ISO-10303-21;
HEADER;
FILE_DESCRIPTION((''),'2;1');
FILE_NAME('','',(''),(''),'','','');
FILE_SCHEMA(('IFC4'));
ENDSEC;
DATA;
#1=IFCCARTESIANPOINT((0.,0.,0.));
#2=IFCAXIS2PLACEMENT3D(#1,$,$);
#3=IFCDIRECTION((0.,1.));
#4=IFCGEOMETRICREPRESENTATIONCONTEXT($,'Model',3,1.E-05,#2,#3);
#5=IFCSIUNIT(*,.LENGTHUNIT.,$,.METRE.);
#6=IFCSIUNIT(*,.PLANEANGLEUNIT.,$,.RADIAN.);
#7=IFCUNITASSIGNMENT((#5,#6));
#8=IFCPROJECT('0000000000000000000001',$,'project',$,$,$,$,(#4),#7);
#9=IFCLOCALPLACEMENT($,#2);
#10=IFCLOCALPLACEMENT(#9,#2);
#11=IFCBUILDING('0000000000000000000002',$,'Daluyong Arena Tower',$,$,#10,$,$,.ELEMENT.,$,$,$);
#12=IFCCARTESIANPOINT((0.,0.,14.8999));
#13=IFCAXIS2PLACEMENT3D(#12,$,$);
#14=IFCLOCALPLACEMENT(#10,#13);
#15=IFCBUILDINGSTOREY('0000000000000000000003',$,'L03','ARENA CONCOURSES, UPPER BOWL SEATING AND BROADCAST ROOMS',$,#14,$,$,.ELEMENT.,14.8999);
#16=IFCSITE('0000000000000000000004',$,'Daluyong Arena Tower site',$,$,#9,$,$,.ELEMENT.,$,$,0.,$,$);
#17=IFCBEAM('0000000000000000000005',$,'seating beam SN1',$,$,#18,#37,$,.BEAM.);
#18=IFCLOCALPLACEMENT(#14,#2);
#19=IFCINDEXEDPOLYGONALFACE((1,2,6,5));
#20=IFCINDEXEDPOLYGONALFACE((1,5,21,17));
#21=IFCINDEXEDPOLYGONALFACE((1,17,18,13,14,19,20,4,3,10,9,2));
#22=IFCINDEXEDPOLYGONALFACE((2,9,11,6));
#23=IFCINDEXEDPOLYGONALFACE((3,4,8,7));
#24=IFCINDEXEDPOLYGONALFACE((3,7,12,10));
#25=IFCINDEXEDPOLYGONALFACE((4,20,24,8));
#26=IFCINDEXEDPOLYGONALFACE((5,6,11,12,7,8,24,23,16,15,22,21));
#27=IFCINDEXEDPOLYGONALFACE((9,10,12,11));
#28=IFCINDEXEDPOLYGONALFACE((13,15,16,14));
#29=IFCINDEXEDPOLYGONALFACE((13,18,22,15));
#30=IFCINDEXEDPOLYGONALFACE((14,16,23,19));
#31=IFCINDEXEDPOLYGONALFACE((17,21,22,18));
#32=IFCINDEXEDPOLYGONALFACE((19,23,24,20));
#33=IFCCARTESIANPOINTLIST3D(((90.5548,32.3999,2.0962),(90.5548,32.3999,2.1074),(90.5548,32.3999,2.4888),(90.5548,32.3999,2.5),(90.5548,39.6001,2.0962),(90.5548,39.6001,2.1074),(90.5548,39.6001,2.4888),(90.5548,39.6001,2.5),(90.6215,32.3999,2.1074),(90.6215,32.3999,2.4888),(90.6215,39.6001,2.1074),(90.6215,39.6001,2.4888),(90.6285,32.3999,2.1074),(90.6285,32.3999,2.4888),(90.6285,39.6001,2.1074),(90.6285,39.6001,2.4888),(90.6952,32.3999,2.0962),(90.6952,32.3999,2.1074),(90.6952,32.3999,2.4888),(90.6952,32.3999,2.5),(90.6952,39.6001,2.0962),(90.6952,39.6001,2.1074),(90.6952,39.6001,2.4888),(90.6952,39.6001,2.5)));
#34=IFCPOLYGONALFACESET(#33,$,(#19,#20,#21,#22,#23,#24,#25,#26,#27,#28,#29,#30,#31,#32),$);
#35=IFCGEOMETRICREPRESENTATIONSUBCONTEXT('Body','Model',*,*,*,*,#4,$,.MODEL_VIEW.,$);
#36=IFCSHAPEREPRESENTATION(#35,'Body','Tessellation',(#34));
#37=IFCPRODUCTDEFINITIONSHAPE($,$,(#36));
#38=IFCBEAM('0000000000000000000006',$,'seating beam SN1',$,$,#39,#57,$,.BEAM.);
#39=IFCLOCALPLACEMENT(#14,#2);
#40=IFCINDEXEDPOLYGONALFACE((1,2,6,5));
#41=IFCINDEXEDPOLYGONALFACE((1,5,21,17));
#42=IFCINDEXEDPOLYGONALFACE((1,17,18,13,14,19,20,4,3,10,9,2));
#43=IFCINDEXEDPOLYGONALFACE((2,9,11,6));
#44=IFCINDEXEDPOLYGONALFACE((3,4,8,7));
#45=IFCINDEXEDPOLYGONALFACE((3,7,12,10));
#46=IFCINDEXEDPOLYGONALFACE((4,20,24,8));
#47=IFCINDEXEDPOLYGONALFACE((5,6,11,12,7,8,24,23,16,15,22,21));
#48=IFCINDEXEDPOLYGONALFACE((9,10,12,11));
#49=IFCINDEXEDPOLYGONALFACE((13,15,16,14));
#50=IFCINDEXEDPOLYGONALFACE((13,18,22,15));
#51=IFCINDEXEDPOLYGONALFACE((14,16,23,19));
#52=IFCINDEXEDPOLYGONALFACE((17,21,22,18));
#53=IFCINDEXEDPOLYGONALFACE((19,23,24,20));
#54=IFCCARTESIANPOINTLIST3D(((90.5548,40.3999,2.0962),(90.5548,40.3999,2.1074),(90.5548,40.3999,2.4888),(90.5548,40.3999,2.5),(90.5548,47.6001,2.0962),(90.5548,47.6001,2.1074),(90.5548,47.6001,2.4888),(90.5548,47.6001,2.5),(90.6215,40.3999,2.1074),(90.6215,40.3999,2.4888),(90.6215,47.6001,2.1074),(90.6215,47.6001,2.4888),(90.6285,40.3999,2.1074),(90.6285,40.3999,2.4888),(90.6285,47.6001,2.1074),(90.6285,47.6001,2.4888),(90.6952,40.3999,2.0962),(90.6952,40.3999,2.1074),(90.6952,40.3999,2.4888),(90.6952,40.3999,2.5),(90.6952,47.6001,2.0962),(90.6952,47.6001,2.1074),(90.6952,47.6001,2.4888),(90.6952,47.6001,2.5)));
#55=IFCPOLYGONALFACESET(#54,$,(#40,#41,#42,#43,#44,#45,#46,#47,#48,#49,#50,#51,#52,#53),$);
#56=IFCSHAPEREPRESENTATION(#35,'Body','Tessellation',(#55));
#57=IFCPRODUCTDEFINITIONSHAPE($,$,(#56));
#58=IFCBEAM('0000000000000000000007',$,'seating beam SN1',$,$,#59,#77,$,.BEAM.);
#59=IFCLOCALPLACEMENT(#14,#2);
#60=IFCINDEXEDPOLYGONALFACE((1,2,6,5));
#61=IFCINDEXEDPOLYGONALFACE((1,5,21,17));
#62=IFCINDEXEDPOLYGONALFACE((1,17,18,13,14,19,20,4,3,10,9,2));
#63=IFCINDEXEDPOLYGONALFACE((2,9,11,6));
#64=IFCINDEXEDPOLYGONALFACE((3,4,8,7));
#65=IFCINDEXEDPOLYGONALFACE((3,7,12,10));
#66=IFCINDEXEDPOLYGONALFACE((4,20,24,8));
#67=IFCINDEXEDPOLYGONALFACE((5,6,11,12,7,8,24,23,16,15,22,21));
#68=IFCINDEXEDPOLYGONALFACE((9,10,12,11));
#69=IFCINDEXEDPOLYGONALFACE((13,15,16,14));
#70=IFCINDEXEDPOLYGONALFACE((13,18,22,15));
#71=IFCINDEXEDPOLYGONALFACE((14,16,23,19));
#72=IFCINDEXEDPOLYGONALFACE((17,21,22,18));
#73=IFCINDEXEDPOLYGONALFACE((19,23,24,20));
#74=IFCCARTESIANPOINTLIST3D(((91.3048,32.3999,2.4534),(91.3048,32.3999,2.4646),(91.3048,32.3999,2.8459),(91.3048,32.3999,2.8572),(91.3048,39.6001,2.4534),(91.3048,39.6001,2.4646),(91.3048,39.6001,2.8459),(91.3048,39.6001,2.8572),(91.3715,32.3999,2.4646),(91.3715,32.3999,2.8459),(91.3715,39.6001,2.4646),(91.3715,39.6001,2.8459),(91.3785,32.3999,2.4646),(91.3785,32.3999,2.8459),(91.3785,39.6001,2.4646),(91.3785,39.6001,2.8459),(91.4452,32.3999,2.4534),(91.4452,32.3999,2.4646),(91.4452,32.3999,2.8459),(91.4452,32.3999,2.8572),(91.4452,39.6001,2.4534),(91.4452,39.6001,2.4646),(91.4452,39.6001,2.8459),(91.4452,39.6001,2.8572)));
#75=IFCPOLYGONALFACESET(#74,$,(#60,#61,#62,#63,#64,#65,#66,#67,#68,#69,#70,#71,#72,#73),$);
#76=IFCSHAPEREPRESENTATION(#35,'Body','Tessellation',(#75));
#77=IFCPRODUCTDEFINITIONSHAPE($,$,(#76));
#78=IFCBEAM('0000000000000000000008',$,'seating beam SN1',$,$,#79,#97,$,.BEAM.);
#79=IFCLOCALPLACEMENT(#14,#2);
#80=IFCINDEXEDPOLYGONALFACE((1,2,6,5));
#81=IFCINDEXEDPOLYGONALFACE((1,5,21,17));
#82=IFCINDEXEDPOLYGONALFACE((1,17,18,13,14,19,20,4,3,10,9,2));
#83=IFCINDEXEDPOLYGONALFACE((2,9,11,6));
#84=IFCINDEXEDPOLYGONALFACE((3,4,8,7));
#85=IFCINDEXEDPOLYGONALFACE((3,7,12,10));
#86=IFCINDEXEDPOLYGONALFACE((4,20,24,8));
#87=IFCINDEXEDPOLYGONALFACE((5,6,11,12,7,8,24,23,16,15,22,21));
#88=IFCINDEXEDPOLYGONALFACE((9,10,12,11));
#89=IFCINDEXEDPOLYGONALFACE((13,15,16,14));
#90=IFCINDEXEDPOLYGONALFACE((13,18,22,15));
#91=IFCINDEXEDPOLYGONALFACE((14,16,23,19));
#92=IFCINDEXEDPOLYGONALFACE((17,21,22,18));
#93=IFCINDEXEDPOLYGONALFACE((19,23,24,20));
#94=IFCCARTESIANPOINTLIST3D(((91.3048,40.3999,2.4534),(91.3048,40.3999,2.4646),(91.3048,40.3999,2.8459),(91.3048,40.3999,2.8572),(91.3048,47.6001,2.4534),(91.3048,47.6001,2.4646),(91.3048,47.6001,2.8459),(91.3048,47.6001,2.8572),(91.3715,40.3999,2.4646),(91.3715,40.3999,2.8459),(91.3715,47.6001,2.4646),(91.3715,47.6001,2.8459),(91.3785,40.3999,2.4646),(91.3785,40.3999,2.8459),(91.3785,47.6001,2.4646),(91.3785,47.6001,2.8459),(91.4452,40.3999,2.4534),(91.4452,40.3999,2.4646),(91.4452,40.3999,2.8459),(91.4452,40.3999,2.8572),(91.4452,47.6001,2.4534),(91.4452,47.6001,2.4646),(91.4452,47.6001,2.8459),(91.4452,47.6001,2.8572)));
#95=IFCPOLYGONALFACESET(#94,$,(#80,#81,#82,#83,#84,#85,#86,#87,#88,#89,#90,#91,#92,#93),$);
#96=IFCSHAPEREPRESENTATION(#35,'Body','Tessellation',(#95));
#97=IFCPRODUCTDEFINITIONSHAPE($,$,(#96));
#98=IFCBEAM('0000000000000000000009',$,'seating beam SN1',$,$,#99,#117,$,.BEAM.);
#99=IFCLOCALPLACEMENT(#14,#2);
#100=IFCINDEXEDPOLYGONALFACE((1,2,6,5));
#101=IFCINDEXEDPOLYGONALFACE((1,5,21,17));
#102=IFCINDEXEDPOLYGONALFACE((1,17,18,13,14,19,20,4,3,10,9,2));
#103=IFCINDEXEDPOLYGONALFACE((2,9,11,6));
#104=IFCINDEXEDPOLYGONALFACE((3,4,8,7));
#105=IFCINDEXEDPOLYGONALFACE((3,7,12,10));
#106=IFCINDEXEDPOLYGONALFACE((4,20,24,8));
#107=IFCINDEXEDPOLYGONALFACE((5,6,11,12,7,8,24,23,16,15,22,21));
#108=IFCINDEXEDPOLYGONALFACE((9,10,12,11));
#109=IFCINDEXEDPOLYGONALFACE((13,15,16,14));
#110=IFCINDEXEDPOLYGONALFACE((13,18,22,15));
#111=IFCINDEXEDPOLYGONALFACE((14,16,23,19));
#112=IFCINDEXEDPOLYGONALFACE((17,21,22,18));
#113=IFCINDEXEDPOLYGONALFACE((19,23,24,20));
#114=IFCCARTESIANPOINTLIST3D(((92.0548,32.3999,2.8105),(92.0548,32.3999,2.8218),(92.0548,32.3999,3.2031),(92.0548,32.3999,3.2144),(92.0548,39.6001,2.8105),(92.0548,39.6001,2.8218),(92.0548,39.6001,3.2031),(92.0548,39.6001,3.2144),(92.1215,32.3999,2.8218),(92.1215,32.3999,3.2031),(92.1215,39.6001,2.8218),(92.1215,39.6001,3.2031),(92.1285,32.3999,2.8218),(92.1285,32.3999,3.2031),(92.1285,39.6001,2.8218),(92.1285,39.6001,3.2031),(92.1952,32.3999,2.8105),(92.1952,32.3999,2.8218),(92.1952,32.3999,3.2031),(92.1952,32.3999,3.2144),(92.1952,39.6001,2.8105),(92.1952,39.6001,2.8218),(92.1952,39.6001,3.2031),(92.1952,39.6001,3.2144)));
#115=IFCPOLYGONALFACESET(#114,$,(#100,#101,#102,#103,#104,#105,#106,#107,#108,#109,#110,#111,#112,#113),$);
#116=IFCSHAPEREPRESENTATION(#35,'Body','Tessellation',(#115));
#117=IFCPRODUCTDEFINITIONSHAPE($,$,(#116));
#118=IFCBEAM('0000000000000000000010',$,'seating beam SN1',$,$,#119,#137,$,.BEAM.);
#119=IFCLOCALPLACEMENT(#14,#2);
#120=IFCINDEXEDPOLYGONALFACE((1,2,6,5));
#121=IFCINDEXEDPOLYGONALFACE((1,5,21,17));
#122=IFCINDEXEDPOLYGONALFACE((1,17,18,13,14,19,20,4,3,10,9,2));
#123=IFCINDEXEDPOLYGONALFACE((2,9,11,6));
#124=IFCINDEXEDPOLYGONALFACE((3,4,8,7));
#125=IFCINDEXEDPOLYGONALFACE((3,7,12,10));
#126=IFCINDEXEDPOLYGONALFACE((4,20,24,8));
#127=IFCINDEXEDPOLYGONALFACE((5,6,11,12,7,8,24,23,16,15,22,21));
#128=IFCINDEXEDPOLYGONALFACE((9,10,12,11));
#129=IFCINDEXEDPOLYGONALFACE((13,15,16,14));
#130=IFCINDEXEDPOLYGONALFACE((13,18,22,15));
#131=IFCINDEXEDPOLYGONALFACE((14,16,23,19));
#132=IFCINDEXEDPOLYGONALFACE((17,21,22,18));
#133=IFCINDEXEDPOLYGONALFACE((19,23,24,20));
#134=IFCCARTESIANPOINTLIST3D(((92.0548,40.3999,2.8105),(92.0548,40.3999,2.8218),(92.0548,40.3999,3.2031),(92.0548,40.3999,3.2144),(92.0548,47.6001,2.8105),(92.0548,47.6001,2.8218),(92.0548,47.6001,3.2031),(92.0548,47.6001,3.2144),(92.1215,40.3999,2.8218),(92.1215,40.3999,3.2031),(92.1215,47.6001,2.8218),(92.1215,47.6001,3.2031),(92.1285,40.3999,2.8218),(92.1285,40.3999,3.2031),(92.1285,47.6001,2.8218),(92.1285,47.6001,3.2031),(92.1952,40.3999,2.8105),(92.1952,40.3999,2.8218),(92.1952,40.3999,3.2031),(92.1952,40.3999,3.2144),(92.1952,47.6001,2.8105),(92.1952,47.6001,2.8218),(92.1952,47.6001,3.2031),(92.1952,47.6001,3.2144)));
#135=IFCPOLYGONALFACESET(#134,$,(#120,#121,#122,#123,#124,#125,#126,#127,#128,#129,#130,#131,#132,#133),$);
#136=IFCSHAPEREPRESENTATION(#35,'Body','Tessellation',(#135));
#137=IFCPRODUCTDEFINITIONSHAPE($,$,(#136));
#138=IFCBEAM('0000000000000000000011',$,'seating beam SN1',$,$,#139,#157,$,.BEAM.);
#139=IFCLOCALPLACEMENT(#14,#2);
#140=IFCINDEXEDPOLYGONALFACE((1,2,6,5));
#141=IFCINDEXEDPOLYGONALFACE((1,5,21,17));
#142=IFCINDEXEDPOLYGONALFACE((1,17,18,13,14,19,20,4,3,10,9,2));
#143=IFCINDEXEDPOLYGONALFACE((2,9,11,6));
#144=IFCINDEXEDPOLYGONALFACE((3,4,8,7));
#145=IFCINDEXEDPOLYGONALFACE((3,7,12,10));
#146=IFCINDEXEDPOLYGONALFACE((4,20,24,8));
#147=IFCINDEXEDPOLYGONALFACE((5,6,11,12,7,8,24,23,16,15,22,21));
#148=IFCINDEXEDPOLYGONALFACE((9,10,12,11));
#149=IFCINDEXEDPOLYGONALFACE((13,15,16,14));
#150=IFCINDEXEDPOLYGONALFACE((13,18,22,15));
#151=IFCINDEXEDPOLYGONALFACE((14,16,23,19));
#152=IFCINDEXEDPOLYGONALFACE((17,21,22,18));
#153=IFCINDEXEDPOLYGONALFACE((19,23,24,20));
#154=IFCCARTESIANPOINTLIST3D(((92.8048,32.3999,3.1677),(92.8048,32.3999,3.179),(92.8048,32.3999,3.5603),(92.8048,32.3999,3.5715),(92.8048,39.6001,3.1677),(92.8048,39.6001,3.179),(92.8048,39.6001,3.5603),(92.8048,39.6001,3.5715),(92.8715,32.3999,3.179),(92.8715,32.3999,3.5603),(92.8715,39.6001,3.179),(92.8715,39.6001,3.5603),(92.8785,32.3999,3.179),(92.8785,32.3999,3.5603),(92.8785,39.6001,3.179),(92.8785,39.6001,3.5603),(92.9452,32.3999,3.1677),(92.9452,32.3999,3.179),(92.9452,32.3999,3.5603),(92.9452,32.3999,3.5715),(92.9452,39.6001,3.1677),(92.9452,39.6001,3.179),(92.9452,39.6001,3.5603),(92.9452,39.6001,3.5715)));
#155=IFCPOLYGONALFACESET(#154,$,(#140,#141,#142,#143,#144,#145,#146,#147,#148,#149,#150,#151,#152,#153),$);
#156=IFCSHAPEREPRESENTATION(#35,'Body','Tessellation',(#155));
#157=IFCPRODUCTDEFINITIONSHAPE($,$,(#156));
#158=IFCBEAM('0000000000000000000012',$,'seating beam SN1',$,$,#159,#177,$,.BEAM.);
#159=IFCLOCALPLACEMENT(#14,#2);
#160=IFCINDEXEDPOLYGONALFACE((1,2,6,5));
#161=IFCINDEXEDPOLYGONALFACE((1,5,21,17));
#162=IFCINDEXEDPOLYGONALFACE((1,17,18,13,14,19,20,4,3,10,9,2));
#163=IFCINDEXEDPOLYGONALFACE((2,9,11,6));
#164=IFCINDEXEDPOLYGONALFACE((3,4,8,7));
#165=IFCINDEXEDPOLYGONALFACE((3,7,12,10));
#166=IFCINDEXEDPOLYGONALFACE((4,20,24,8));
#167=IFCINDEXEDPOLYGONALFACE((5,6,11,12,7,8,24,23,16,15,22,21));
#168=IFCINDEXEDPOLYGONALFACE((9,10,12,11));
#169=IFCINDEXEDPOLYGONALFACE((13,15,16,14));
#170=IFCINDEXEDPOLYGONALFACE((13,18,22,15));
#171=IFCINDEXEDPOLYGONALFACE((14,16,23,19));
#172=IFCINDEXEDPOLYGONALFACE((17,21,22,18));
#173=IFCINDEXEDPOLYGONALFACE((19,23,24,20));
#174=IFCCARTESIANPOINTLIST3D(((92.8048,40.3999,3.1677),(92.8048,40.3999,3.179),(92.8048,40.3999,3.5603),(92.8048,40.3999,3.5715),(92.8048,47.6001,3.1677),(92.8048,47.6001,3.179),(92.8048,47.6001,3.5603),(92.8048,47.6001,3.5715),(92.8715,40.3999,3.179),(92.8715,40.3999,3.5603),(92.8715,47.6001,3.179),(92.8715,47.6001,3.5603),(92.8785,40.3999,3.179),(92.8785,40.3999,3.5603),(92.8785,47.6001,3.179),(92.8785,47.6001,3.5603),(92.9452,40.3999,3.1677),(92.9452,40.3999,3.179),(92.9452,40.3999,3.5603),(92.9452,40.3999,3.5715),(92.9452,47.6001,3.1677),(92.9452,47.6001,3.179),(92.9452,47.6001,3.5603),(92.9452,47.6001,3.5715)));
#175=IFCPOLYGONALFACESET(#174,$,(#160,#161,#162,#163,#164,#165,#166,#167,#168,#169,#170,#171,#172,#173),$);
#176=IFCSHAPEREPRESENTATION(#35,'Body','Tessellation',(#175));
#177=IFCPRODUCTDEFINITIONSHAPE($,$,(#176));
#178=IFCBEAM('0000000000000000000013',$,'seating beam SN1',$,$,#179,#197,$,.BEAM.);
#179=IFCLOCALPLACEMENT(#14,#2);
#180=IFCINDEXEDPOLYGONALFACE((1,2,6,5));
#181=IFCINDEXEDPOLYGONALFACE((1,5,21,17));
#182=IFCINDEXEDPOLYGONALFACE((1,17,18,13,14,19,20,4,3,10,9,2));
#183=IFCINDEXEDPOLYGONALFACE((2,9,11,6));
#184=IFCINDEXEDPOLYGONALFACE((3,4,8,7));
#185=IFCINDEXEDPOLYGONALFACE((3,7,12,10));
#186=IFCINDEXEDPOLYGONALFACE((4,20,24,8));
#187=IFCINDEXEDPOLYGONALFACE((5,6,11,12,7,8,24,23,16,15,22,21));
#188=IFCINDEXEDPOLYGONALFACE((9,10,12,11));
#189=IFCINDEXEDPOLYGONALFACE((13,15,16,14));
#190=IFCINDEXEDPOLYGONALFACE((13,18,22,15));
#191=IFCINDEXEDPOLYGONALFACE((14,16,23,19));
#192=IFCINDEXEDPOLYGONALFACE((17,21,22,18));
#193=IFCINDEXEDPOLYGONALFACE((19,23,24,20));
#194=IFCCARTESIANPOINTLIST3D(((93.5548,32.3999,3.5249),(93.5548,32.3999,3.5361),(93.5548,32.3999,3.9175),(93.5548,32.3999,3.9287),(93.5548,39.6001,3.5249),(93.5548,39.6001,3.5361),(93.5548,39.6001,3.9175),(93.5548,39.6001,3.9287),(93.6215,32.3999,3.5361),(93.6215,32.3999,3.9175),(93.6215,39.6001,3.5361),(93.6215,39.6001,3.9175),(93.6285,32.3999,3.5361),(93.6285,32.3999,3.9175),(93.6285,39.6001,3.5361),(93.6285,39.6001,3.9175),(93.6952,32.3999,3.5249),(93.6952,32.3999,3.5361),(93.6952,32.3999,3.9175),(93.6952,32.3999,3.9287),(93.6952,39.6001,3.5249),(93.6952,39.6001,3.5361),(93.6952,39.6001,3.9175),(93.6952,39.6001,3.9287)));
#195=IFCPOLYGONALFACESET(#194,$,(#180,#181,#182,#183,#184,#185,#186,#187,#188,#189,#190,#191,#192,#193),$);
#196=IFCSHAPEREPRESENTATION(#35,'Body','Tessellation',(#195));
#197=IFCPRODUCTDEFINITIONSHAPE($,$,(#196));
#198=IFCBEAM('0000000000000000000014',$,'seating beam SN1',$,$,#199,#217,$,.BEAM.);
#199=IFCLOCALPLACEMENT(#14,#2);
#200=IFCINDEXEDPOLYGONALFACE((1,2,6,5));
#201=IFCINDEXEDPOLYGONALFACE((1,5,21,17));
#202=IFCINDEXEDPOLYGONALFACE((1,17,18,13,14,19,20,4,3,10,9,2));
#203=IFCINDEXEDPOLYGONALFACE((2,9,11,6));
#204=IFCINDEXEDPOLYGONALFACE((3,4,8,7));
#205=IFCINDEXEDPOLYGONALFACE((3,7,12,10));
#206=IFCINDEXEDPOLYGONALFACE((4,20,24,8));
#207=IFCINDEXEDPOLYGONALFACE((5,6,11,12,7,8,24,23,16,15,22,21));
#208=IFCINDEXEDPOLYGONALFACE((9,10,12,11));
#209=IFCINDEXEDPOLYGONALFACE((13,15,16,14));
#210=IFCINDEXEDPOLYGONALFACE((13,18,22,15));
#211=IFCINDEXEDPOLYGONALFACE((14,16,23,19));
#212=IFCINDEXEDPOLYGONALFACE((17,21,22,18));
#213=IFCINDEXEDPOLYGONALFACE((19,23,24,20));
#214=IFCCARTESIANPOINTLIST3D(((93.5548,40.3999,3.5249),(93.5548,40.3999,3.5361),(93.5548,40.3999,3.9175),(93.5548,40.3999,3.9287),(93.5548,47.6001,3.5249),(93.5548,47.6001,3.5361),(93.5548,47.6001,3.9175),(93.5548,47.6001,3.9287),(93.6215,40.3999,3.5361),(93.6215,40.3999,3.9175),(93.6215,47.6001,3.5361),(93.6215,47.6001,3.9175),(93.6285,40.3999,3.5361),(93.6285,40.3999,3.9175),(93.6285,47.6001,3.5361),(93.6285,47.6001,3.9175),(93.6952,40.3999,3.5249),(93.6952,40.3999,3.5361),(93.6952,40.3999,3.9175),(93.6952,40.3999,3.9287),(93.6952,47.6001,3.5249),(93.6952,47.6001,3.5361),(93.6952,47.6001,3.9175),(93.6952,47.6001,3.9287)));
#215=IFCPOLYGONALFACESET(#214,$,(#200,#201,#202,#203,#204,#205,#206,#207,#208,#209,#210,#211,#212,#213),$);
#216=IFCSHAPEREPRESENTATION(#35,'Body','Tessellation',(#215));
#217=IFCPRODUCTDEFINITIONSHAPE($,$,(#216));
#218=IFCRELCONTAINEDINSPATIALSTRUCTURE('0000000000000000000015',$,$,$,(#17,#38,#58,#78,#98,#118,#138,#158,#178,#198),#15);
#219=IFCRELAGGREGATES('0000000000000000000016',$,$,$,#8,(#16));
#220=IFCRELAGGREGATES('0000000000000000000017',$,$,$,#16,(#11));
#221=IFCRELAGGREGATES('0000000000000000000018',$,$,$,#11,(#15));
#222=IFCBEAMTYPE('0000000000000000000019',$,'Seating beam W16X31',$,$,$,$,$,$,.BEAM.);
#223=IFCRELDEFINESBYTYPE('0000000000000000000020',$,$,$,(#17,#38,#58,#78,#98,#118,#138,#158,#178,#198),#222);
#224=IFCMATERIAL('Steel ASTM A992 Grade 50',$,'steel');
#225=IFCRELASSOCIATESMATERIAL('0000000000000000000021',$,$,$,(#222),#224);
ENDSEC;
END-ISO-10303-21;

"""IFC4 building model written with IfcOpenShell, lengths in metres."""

from ifc_helpers import new_model, si_unit, direction, frame, origin, origin_2d, place, context, subcontext, project, spatial, i_section, extrude, material, material_profile, profile_set, type_object, element, save


model = new_model("IFC4")

# Units and contexts
model_context = context("Model", 3, precision=1e-05, world=origin(), true_north=direction((0.0, 1.0)))
body_context = subcontext(model_context, "Body", "Model", "MODEL_VIEW")
ifc_project = project(units=[si_unit("LENGTHUNIT", "METRE"), si_unit("PLANEANGLEUNIT", "RADIAN")], contexts=[model_context])

# Site, building, storey
site_placement = place(None, origin())
site = spatial("IfcSite", under=ifc_project, at=site_placement, Name="Daluyong Arena Tower site", CompositionType="ELEMENT", RefElevation=0.0)
building_placement = place(site_placement, origin())
building = spatial("IfcBuilding", under=site, at=building_placement, Name="Daluyong Arena Tower", CompositionType="ELEMENT")
storey_placement = place(building_placement, frame((0.0, 0.0, 14.8999)))
storey = spatial("IfcBuildingStorey", under=building, at=storey_placement, Name="L03", Description="ARENA CONCOURSES, UPPER BOWL SEATING AND BROADCAST ROOMS", CompositionType="ELEMENT", Elevation=14.8999)

# Beams
ifc_material_1 = material(Name="Steel ASTM A992 Grade 50", Category="steel")
ifc_material_profile_1 = material_profile(ifc_material_1, i_section(OverallWidth=0.1404, OverallDepth=0.4038, WebThickness=0.0071, FlangeThickness=0.0112, at=origin_2d()))
ifc_profile_set_1 = profile_set([ifc_material_profile_1], Name="Steel ASTM A992 Grade 50")
beam_type_1 = type_object("IfcBeamType", Name="Seating beam W16X31", PredefinedType="BEAM", material=ifc_profile_set_1)
for number, where, z_axis, x_axis, name in (
    (1, (90.625, 32.3999, 2.2981), (0.0, 1.0, 0.0), (-1.0, 0.0, 0.0), "seating beam SN1"),
    (2, (90.625, 40.3999, 2.2981), (0.0, 1.0, 0.0), (-1.0, 0.0, 0.0), "seating beam SN1"),
    (3, (91.375, 32.3999, 2.6553), (0.0, 1.0, 0.0), (-1.0, 0.0, 0.0), "seating beam SN1"),
    (4, (91.375, 40.3999, 2.6553), (0.0, 1.0, 0.0), (-1.0, 0.0, 0.0), "seating beam SN1"),
    (5, (92.125, 32.3999, 3.0125), (0.0, 1.0, 0.0), (-1.0, 0.0, 0.0), "seating beam SN1"),
    (6, (92.125, 40.3999, 3.0125), (0.0, 1.0, 0.0), (-1.0, 0.0, 0.0), "seating beam SN1"),
    (7, (92.875, 32.3999, 3.3696), (0.0, 1.0, 0.0), (-1.0, 0.0, 0.0), "seating beam SN1"),
    (8, (92.875, 40.3999, 3.3696), (0.0, 1.0, 0.0), (-1.0, 0.0, 0.0), "seating beam SN1"),
    (9, (93.625, 32.3999, 3.7268), (0.0, 1.0, 0.0), (-1.0, 0.0, 0.0), "seating beam SN1"),
    (10, (93.625, 40.3999, 3.7268), (0.0, 1.0, 0.0), (-1.0, 0.0, 0.0), "seating beam SN1"),
):
    element("IfcBeam", number, at=place(storey_placement, frame(where, z_axis=z_axis, x_axis=x_axis)), inside=storey, type_object=beam_type_1, Name=name, PredefinedType="BEAM", context=body_context, shape_type="SweptSolid", body=[
        extrude(i_section(OverallWidth=0.1404, OverallDepth=0.4038, WebThickness=0.0071, FlangeThickness=0.0112, at=origin_2d()), origin(), (0.0, 0.0, 1.0), 7.2002),
    ])

save(model, "model.ifc")
